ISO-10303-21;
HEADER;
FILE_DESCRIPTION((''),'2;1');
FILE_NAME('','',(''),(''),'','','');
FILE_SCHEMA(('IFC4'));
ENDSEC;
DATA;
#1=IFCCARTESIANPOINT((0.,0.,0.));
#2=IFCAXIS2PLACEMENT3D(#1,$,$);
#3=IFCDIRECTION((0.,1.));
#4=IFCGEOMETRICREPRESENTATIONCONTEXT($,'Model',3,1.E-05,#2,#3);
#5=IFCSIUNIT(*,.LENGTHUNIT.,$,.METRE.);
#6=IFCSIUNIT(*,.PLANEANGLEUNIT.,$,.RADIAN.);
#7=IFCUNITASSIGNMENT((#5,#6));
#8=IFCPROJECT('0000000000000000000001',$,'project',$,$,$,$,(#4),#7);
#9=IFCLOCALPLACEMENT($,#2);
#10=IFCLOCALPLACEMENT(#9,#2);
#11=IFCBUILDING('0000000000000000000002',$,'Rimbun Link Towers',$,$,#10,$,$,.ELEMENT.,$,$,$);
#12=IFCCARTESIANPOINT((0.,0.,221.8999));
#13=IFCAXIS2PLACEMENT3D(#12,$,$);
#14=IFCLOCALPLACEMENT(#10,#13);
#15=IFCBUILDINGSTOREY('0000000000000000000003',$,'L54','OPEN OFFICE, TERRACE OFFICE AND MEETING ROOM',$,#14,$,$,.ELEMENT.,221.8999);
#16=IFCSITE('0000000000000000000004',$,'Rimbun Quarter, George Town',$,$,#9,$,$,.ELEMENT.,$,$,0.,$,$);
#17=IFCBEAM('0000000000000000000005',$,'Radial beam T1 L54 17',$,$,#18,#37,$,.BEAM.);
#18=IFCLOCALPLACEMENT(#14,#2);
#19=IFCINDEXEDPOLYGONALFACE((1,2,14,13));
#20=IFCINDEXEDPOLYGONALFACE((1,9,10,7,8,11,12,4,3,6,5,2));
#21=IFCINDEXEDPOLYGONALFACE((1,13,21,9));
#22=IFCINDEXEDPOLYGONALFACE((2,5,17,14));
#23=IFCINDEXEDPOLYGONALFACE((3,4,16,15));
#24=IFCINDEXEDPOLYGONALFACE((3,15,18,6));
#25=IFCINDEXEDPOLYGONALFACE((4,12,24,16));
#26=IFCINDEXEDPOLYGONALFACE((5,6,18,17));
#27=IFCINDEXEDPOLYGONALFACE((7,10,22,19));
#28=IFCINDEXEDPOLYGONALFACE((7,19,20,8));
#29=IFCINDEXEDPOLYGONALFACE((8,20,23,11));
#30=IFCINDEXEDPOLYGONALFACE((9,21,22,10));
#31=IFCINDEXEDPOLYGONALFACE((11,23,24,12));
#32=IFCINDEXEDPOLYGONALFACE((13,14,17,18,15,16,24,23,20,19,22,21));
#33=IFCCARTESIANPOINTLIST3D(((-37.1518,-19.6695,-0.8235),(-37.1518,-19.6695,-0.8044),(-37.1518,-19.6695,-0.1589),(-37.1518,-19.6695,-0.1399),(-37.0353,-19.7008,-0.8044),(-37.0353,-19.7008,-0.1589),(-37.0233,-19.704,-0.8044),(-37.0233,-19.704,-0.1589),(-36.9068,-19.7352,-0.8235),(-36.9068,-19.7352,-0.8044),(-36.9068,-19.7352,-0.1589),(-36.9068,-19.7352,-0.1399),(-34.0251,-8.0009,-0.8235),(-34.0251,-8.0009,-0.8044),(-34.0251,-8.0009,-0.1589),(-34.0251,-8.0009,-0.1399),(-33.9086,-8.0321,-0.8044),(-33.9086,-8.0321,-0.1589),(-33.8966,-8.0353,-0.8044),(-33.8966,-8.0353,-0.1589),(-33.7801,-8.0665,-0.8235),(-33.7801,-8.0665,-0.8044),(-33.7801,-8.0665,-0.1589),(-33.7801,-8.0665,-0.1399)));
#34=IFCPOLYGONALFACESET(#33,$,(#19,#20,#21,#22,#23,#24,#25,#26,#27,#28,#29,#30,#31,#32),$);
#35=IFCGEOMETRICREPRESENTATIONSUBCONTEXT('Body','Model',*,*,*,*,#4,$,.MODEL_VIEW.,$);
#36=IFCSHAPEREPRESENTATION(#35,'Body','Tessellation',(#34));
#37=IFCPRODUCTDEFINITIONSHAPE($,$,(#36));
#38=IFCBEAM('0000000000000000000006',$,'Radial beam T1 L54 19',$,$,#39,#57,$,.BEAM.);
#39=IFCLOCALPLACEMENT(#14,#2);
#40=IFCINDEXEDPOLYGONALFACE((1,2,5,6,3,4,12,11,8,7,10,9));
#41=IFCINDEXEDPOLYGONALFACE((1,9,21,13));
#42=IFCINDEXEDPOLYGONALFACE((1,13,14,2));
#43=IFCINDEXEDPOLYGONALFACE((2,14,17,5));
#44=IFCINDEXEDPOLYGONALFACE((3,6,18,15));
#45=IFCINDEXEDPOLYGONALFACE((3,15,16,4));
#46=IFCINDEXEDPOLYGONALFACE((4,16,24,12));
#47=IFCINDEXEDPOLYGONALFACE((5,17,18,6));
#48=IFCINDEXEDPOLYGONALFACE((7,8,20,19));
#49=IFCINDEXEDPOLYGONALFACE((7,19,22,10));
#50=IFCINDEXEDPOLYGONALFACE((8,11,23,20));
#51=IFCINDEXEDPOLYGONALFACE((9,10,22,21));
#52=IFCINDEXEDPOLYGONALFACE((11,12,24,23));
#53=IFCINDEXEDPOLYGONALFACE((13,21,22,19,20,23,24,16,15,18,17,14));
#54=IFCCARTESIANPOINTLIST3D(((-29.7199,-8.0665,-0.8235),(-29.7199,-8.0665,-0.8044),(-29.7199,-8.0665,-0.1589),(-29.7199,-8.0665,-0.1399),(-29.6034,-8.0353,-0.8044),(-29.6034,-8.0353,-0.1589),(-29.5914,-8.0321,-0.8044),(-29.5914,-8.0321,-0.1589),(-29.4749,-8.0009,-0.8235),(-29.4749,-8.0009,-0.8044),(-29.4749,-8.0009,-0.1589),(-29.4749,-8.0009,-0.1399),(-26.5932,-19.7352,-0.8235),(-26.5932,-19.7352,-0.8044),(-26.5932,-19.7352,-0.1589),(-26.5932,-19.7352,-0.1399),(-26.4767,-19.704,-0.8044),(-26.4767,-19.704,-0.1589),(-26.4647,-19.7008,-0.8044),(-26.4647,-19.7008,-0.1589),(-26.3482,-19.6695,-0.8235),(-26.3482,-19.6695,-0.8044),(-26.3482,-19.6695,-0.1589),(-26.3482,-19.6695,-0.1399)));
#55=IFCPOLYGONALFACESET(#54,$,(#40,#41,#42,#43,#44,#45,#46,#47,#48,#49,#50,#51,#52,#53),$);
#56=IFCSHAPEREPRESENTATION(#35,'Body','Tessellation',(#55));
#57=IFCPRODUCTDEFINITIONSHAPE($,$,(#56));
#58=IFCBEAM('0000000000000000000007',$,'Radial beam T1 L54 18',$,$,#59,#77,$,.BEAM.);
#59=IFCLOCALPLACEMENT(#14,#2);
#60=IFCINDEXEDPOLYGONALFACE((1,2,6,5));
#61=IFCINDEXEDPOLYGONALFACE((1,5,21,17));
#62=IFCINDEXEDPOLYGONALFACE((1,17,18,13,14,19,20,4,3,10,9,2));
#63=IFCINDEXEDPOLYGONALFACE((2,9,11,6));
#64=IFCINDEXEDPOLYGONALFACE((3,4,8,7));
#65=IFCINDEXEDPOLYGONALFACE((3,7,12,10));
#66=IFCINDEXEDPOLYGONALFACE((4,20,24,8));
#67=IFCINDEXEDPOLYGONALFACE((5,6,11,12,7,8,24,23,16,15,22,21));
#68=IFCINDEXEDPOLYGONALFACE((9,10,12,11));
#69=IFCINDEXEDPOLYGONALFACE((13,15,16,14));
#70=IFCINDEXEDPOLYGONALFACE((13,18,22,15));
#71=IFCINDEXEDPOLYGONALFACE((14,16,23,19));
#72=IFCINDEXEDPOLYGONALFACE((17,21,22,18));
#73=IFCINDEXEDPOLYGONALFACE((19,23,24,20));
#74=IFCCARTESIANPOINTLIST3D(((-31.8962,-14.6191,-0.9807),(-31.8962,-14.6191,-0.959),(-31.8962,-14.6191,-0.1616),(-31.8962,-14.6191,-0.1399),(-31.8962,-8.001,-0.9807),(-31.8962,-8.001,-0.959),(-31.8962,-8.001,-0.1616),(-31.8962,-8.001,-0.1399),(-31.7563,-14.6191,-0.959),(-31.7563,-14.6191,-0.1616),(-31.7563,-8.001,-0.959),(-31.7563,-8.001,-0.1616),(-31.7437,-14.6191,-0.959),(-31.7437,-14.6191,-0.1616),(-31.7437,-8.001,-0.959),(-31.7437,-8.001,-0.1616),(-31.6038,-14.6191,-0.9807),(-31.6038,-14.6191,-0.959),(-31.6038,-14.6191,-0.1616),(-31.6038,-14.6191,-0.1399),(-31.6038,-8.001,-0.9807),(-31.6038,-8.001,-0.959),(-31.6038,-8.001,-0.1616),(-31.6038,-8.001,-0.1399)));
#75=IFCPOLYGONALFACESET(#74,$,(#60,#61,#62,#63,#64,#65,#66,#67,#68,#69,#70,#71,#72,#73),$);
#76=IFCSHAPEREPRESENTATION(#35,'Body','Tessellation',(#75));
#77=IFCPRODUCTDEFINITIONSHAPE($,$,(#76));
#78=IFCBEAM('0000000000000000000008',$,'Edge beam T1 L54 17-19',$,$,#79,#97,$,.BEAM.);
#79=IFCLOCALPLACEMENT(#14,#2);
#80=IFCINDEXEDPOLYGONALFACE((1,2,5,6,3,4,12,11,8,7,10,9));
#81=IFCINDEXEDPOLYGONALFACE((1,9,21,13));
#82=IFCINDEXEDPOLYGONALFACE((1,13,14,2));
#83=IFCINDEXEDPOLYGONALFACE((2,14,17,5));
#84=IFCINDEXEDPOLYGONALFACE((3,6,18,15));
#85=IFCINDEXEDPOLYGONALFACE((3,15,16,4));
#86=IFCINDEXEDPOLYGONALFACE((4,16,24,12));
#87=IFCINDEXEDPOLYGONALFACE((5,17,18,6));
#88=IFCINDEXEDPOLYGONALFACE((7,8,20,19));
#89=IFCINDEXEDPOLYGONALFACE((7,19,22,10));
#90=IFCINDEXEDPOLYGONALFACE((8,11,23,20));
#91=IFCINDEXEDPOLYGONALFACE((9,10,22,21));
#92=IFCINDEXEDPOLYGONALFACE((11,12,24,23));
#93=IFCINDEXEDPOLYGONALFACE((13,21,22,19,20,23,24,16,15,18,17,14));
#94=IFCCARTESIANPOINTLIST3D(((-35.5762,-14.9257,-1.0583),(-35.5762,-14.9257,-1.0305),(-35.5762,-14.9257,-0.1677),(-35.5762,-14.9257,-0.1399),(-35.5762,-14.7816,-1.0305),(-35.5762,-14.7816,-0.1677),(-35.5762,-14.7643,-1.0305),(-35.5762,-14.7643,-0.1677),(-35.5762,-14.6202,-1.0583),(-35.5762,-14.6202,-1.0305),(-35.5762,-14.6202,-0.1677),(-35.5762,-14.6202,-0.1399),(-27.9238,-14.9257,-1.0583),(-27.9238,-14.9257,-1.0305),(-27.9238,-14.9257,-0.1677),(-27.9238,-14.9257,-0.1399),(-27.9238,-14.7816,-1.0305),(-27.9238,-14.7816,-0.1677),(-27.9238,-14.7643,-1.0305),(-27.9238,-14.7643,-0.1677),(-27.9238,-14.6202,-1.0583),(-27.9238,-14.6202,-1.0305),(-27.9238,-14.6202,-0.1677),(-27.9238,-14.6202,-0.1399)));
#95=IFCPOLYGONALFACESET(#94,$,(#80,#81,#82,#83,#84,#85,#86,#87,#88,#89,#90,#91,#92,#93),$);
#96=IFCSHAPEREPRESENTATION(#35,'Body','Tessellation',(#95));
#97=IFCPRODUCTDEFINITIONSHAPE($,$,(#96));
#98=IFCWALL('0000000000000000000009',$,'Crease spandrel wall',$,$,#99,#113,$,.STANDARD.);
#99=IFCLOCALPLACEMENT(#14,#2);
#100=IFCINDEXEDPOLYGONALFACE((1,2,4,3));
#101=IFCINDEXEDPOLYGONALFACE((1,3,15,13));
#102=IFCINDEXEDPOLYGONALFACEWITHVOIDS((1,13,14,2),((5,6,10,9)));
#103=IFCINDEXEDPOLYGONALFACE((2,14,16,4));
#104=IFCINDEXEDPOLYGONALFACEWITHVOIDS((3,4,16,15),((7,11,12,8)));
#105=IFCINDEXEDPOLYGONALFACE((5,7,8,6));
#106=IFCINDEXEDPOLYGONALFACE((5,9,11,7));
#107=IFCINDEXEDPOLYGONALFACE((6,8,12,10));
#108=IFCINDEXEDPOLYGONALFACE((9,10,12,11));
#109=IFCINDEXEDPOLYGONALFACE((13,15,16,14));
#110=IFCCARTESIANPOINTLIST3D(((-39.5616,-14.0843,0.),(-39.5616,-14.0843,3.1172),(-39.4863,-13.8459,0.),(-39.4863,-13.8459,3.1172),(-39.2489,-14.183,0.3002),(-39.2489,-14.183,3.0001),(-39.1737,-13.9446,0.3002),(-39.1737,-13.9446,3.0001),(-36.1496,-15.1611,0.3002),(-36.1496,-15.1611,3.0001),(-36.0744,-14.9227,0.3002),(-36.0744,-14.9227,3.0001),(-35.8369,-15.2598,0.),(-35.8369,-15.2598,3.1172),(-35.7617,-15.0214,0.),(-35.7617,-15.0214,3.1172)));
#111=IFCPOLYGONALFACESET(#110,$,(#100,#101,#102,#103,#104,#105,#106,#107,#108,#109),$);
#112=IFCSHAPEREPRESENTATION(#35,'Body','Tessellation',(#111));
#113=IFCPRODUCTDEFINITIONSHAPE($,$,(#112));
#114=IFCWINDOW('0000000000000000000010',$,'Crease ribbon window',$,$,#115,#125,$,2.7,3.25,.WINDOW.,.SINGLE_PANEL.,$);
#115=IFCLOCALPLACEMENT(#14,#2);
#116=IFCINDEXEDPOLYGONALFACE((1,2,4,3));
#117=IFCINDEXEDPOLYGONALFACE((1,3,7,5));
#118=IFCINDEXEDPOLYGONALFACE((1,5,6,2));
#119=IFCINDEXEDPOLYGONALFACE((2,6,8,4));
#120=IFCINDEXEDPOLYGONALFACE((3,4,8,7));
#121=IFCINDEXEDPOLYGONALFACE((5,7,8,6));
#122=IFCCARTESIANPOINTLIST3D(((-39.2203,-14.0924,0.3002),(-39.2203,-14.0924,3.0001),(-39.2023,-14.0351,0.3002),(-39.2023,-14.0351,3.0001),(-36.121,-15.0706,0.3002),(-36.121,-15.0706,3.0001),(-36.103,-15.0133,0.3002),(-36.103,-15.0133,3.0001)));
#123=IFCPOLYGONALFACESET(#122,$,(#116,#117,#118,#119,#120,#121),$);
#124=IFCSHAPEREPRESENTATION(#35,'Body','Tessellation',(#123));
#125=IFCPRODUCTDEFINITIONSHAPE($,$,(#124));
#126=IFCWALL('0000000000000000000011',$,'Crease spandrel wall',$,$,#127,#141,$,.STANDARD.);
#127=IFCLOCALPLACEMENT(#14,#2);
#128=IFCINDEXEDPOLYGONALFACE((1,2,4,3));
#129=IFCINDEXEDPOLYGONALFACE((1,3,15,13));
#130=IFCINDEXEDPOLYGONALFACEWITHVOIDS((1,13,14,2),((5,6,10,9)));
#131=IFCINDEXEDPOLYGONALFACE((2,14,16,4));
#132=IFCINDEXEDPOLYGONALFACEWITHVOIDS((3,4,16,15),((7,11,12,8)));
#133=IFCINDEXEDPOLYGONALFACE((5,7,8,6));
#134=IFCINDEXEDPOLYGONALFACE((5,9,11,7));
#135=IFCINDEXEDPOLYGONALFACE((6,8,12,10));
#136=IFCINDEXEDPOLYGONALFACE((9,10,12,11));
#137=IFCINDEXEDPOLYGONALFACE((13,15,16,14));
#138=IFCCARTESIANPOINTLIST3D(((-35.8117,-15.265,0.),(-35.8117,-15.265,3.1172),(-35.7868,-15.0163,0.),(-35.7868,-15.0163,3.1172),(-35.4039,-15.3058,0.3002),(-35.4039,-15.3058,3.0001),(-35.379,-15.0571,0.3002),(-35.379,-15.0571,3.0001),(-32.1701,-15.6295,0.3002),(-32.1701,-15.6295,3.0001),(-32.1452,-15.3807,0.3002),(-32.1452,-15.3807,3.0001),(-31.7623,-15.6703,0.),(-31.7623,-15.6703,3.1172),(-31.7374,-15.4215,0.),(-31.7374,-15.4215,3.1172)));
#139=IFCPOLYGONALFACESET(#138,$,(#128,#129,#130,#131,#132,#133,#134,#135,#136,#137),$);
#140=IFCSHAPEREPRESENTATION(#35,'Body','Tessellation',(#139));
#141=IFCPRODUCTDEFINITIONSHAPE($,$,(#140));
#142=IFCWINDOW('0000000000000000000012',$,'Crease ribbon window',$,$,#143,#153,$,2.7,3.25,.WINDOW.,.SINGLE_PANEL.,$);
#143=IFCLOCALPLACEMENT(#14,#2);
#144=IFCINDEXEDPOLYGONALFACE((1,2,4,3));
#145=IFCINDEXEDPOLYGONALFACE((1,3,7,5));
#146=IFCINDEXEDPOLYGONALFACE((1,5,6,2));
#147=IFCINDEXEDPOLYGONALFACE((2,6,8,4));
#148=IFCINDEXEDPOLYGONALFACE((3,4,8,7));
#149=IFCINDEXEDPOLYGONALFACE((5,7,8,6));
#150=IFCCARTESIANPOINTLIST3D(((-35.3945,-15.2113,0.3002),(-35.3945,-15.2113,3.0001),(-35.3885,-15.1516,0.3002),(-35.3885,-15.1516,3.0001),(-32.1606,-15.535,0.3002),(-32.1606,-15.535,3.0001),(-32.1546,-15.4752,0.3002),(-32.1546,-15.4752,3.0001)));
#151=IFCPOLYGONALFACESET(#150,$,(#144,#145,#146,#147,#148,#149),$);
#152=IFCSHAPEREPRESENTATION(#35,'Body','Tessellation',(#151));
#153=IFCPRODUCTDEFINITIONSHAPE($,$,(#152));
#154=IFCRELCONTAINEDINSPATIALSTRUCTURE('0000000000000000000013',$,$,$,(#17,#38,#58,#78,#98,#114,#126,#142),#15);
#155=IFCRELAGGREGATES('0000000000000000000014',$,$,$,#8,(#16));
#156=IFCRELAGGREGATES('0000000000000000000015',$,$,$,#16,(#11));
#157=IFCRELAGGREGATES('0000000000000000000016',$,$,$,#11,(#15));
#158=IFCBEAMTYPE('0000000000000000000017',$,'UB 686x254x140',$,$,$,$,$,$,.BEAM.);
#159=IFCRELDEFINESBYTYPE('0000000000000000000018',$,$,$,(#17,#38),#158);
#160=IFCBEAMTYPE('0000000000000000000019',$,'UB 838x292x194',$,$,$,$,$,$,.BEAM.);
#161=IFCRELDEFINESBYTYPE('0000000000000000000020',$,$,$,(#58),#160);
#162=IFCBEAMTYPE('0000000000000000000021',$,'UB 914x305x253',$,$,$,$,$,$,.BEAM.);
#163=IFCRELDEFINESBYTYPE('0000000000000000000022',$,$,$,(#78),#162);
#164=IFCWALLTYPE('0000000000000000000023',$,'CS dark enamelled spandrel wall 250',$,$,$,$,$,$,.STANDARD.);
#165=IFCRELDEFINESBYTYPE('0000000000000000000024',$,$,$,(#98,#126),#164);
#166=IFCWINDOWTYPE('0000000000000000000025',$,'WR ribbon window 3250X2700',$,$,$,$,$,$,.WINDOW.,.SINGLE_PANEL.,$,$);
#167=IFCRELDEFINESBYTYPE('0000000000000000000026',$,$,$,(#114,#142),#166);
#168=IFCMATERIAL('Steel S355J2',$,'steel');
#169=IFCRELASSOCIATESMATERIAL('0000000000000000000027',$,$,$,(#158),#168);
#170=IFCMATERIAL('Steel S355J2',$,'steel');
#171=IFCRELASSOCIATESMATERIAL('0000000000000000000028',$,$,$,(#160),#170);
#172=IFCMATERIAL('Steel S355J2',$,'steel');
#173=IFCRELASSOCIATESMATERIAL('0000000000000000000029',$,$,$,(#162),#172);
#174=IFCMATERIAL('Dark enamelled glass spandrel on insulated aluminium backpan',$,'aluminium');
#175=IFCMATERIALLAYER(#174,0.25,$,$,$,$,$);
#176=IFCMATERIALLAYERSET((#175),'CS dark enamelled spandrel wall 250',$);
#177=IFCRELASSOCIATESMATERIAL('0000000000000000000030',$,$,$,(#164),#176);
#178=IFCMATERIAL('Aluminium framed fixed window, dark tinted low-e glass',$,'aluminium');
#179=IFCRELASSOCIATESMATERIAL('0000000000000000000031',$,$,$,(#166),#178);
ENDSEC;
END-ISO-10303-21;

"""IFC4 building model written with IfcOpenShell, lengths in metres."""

from ifc_helpers import new_model, si_unit, direction, frame, frame_2d, origin, origin_2d, place, context, subcontext, project, spatial, rectangle, i_section, extrude, material, layer, layer_set, material_profile, profile_set, type_object, element, fill, save


model = new_model("IFC4")

# Units and contexts
model_context = context("Model", 3, precision=1e-05, world=origin(), true_north=direction((0.0, 1.0)))
body_context = subcontext(model_context, "Body", "Model", "MODEL_VIEW")
ifc_project = project(units=[si_unit("LENGTHUNIT", "METRE"), si_unit("PLANEANGLEUNIT", "RADIAN")], contexts=[model_context])

# Site, building, storey
site_placement = place(None, origin())
site = spatial("IfcSite", under=ifc_project, at=site_placement, Name="Rimbun Quarter, George Town", CompositionType="ELEMENT", RefElevation=0.0)
building_placement = place(site_placement, origin())
building = spatial("IfcBuilding", under=site, at=building_placement, Name="Rimbun Link Towers", CompositionType="ELEMENT")
storey_placement = place(building_placement, frame((0.0, 0.0, 221.8999)))
storey = spatial("IfcBuildingStorey", under=building, at=storey_placement, Name="L54", Description="OPEN OFFICE, TERRACE OFFICE AND MEETING ROOM", CompositionType="ELEMENT", Elevation=221.8999)

# Beams
ifc_material_1 = material(Name="Steel S355J2", Category="steel")
ifc_material_profile_1 = material_profile(ifc_material_1, i_section(OverallWidth=0.2537, OverallDepth=0.6836, WebThickness=0.0125, FlangeThickness=0.019, at=origin_2d()), Name="UB 686x254x140")
ifc_profile_set_1 = profile_set([ifc_material_profile_1], Name="Steel S355J2")
beam_type_1 = type_object("IfcBeamType", Name="UB 686x254x140", PredefinedType="BEAM", material=ifc_profile_set_1)
for number, where, z_axis, x_axis, name in (
    (1, (-33.9026, -8.0337, -0.4817), (-0.258826, -0.965924, 0.0), (0.965924, -0.258826, 0.0), "Radial beam T1 L54 17"),
    (2, (-29.5974, -8.0337, -0.4817), (0.258826, -0.965924, 0.0), (0.965924, 0.258826, 0.0), "Radial beam T1 L54 19"),
):
    element("IfcBeam", number, at=place(storey_placement, frame(where, z_axis=z_axis, x_axis=x_axis)), inside=storey, type_object=beam_type_1, Name=name, PredefinedType="BEAM", context=body_context, shape_type="SweptSolid", body=[
        extrude(i_section(OverallWidth=0.2537, OverallDepth=0.6836, WebThickness=0.0125, FlangeThickness=0.019, at=origin_2d()), origin(), (0.0, 0.0, 1.0), 12.0803),
    ])
ifc_material_2 = material(Name="Steel S355J2", Category="steel")
ifc_material_profile_2 = material_profile(ifc_material_2, i_section(OverallWidth=0.2925, OverallDepth=0.8408, WebThickness=0.0127, FlangeThickness=0.0217, at=origin_2d()), Name="UB 838x292x194")
ifc_profile_set_2 = profile_set([ifc_material_profile_2], Name="Steel S355J2")
beam_type_2 = type_object("IfcBeamType", Name="UB 838x292x194", PredefinedType="BEAM", material=ifc_profile_set_2)
beam_1_placement = place(storey_placement, frame((-31.75, -8.001, -0.5603), z_axis=(0.0, -1.0, 0.0), x_axis=(1.0, 0.0, 0.0)))
element("IfcBeam", 3, at=beam_1_placement, inside=storey, type_object=beam_type_2, Name="Radial beam T1 L54 18", PredefinedType="BEAM", context=body_context, shape_type="SweptSolid", body=[
    extrude(i_section(OverallWidth=0.2925, OverallDepth=0.8408, WebThickness=0.0127, FlangeThickness=0.0217, at=origin_2d()), origin(), (0.0, 0.0, 1.0), 6.6182),
])
ifc_material_3 = material(Name="Steel S355J2", Category="steel")
ifc_material_profile_3 = material_profile(ifc_material_3, i_section(OverallWidth=0.3054, OverallDepth=0.9185, WebThickness=0.0173, FlangeThickness=0.0278, at=origin_2d()), Name="UB 914x305x253")
ifc_profile_set_3 = profile_set([ifc_material_profile_3], Name="Steel S355J2")
beam_type_3 = type_object("IfcBeamType", Name="UB 914x305x253", PredefinedType="BEAM", material=ifc_profile_set_3)
beam_2_placement = place(storey_placement, frame((-35.5762, -14.7729, -0.5991), z_axis=(1.0, 0.0, 0.0), x_axis=(0.0, 1.0, 0.0)))
element("IfcBeam", 4, at=beam_2_placement, inside=storey, type_object=beam_type_3, Name="Edge beam T1 L54 17-19", PredefinedType="BEAM", context=body_context, shape_type="SweptSolid", body=[
    extrude(i_section(OverallWidth=0.3054, OverallDepth=0.9185, WebThickness=0.0173, FlangeThickness=0.0278, at=origin_2d()), origin(), (0.0, 0.0, 1.0), 7.6523),
])

# Walls, openings, windows
ifc_material_4 = material(Name="Dark enamelled glass spandrel on insulated aluminium backpan", Category="aluminium")
ifc_layer_1 = layer(ifc_material_4, 0.25)
ifc_layer_set_1 = layer_set([ifc_layer_1], Name="CS dark enamelled spandrel wall 250")
wall_type_1 = type_object("IfcWallType", Name="CS dark enamelled spandrel wall 250", PredefinedType="STANDARD", material=ifc_layer_set_1)
wall_1_placement = place(storey_placement, frame((-35.7993, -15.1406, 0.0), z_axis=(0.0, 0.0, 1.0), x_axis=(-0.953631, 0.300979, 0.0)))
wall_1 = element("IfcWall", 5, at=wall_1_placement, inside=storey, type_object=wall_type_1, Name="Crease spandrel wall", PredefinedType="STANDARD", context=body_context, shape_type="SweptSolid", body=[
    extrude(rectangle(XDim=3.9058, YDim=0.25, at=frame_2d((1.9529, 0.0))), origin(), (0.0, 0.0, 1.0), 3.1172),
])
opening_1_placement = place(wall_1_placement, frame((0.3279, 0.0, 0.3)))
opening_1 = element("IfcOpeningElement", 6, at=opening_1_placement, cuts=wall_1, PredefinedType="OPENING", context=body_context, shape_type="SweptSolid", body=[
    extrude(rectangle(XDim=3.25, YDim=2.7, at=frame_2d((1.625, 1.3501))), frame((0.0, 0.135, 0.0), z_axis=(0.0, -1.0, 0.0), x_axis=(1.0, 0.0, 0.0)), (0.0, 0.0, 1.0), 0.27),
])
ifc_material_5 = material(Name="Aluminium framed fixed window, dark tinted low-e glass", Category="aluminium")
window_type_1 = type_object("IfcWindowType", Name="WR ribbon window 3250X2700", PartitioningType="SINGLE_PANEL", PredefinedType="WINDOW", material=ifc_material_5)
window_1_placement = place(opening_1_placement, origin())
window_1 = element("IfcWindow", 7, at=window_1_placement, inside=storey, type_object=window_type_1, Name="Crease ribbon window", OverallHeight=2.7, OverallWidth=3.25, PartitioningType="SINGLE_PANEL", PredefinedType="WINDOW", context=body_context, shape_type="SweptSolid", body=[
    extrude(rectangle(XDim=3.25, YDim=2.7, at=frame_2d((1.625, 1.3501))), frame((0.0, 0.03, 0.0), z_axis=(0.0, -1.0, 0.0), x_axis=(1.0, 0.0, 0.0)), (0.0, 0.0, 1.0), 0.0601),
])
fill(opening_1, window_1)
wall_2_placement = place(storey_placement, frame((-31.75, -15.5459, 0.0), z_axis=(0.0, 0.0, 1.0), x_axis=(-0.995029, 0.099587, 0.0)))
wall_2 = element("IfcWall", 8, at=wall_2_placement, inside=storey, type_object=wall_type_1, Name="Crease spandrel wall", PredefinedType="STANDARD", context=body_context, shape_type="SweptSolid", body=[
    extrude(rectangle(XDim=4.0696, YDim=0.25, at=frame_2d((2.0347, 0.0))), origin(), (0.0, 0.0, 1.0), 3.1172),
])
opening_2_placement = place(wall_2_placement, frame((0.4097, 0.0, 0.3)))
opening_2 = element("IfcOpeningElement", 9, at=opening_2_placement, cuts=wall_2, PredefinedType="OPENING", context=body_context, shape_type="SweptSolid", body=[
    extrude(rectangle(XDim=3.25, YDim=2.7, at=frame_2d((1.625, 1.3501))), frame((0.0, 0.135, 0.0), z_axis=(0.0, -1.0, 0.0), x_axis=(1.0, 0.0, 0.0)), (0.0, 0.0, 1.0), 0.27),
])
window_2_placement = place(opening_2_placement, origin())
window_2 = element("IfcWindow", 10, at=window_2_placement, inside=storey, type_object=window_type_1, Name="Crease ribbon window", OverallHeight=2.7, OverallWidth=3.25, PartitioningType="SINGLE_PANEL", PredefinedType="WINDOW", context=body_context, shape_type="SweptSolid", body=[
    extrude(rectangle(XDim=3.25, YDim=2.7, at=frame_2d((1.625, 1.3501))), frame((0.0, 0.03, 0.0), z_axis=(0.0, -1.0, 0.0), x_axis=(1.0, 0.0, 0.0)), (0.0, 0.0, 1.0), 0.0601),
])
fill(opening_2, window_2)

save(model, "model.ifc")
